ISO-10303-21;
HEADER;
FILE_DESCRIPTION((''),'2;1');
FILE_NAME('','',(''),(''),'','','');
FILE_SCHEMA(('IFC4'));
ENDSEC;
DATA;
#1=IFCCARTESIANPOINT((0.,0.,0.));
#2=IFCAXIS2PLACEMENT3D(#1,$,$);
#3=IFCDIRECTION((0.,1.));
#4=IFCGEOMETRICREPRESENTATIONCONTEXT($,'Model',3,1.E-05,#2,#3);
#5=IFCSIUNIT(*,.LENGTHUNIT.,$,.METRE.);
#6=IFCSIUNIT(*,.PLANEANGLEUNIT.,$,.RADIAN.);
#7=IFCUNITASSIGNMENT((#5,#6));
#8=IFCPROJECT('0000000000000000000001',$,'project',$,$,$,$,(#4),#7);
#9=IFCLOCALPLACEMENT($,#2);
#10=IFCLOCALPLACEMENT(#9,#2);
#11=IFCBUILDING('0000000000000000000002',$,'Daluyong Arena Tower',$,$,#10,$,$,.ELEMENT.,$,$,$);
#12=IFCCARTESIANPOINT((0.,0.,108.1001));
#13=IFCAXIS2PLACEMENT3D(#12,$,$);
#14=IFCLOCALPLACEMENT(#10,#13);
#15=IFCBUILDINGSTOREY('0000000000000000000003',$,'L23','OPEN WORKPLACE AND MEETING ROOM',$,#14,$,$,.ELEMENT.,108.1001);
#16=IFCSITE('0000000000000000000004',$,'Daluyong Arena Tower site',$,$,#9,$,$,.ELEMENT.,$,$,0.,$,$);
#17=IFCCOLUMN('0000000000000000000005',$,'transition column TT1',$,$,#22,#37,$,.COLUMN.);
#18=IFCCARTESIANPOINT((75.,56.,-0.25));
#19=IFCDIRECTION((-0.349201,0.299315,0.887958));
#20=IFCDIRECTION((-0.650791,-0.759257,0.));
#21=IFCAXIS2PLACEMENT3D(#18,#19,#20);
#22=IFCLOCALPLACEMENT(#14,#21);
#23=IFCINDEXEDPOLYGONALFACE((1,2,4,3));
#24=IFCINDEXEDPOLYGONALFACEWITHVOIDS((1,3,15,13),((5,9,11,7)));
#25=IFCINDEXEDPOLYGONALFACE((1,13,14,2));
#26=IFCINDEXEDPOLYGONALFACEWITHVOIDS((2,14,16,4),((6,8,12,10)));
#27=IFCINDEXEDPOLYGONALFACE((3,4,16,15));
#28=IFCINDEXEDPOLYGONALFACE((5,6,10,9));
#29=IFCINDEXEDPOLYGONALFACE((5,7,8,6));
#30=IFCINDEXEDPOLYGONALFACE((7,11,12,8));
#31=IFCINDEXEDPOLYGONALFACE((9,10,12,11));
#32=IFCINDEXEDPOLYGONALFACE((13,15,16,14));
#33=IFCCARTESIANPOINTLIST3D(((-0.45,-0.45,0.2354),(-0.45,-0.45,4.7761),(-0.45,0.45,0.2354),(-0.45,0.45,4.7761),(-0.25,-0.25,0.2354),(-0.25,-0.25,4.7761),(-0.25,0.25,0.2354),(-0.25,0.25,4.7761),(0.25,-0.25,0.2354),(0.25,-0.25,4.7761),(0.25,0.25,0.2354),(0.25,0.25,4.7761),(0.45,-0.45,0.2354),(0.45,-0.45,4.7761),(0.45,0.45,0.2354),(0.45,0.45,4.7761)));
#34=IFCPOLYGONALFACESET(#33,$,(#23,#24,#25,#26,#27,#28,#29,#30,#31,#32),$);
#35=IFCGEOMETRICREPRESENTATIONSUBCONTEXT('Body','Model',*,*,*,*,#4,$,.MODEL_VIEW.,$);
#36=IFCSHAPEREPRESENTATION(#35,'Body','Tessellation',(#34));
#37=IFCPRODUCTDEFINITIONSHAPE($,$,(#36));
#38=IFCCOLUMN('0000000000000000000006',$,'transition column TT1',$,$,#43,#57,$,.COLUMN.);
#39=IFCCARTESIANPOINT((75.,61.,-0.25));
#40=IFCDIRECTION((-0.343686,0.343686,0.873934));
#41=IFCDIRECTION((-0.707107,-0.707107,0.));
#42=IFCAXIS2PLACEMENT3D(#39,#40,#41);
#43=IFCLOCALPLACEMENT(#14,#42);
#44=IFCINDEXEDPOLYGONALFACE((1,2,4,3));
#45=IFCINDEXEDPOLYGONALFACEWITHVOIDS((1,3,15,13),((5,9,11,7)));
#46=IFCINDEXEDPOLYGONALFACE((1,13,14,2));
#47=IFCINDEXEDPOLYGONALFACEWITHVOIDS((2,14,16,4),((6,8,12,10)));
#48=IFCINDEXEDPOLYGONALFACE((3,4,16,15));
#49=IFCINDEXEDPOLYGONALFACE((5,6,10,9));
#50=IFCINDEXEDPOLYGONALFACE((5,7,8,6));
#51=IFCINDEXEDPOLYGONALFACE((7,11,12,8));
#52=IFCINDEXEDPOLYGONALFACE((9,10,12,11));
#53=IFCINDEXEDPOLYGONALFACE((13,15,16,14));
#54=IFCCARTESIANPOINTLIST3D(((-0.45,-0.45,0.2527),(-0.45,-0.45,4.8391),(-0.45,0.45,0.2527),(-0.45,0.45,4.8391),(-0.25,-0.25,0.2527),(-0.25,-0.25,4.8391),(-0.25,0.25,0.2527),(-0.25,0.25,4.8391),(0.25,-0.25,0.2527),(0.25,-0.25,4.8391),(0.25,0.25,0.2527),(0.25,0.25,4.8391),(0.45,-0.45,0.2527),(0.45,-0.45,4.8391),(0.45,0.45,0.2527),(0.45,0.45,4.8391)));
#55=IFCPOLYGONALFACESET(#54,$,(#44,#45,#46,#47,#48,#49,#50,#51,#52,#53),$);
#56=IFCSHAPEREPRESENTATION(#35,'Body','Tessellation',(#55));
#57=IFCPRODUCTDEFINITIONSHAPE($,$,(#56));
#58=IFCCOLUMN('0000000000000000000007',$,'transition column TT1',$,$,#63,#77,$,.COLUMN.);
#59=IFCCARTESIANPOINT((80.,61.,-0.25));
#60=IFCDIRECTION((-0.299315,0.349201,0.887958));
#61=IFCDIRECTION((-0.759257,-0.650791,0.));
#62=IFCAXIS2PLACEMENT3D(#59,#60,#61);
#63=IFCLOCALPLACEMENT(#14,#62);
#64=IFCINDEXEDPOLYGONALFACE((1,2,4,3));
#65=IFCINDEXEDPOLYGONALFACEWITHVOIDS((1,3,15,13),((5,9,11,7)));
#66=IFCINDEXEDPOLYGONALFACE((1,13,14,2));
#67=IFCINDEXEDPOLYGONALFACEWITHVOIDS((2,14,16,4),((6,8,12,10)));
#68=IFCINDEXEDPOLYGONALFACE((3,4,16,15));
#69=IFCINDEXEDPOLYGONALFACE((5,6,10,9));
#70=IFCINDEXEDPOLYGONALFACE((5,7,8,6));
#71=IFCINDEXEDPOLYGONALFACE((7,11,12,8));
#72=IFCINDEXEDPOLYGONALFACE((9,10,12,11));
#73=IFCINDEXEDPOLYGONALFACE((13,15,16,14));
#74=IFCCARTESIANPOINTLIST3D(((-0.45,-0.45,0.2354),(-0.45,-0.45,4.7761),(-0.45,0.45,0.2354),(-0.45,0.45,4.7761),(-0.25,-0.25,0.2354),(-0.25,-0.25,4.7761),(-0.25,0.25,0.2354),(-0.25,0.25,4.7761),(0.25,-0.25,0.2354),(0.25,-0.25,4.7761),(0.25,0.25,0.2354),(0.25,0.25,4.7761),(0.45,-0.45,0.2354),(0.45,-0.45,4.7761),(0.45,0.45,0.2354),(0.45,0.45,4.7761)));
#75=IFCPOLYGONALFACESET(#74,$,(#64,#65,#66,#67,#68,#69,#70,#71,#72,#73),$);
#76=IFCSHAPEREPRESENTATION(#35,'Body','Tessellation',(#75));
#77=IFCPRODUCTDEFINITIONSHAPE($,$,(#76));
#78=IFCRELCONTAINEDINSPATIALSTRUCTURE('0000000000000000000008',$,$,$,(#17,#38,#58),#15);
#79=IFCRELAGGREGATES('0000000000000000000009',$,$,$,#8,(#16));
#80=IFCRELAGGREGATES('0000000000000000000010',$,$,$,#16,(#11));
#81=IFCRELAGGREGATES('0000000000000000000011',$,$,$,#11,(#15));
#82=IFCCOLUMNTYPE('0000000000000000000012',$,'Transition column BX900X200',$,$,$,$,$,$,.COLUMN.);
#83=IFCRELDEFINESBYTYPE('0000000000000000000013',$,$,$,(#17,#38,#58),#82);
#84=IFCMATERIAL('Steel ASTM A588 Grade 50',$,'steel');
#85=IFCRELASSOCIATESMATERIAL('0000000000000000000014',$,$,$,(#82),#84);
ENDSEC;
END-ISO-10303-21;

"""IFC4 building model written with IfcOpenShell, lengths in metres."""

from ifc_helpers import new_model, si_unit, direction, frame, origin, origin_2d, place, context, subcontext, project, spatial, hollow_rectangle, extrude, clip, halfspace, material, material_profile, profile_set, type_object, element, save


model = new_model("IFC4")

# Units and contexts
model_context = context("Model", 3, precision=1e-05, world=origin(), true_north=direction((0.0, 1.0)))
body_context = subcontext(model_context, "Body", "Model", "MODEL_VIEW")
ifc_project = project(units=[si_unit("LENGTHUNIT", "METRE"), si_unit("PLANEANGLEUNIT", "RADIAN")], contexts=[model_context])

# Site, building, storey
site_placement = place(None, origin())
site = spatial("IfcSite", under=ifc_project, at=site_placement, Name="Daluyong Arena Tower site", CompositionType="ELEMENT", RefElevation=0.0)
building_placement = place(site_placement, origin())
building = spatial("IfcBuilding", under=site, at=building_placement, Name="Daluyong Arena Tower", CompositionType="ELEMENT")
storey_placement = place(building_placement, frame((0.0, 0.0, 108.1001)))
storey = spatial("IfcBuildingStorey", under=building, at=storey_placement, Name="L23", Description="OPEN WORKPLACE AND MEETING ROOM", CompositionType="ELEMENT", Elevation=108.1001)

# Columns
ifc_material_1 = material(Name="Steel ASTM A588 Grade 50", Category="steel")
ifc_material_profile_1 = material_profile(ifc_material_1, hollow_rectangle(XDim=0.8999, YDim=0.8999, WallThickness=0.2, at=origin_2d()))
ifc_profile_set_1 = profile_set([ifc_material_profile_1], Name="Steel ASTM A588 Grade 50")
column_type_1 = type_object("IfcColumnType", Name="Transition column BX900X200", PredefinedType="COLUMN", material=ifc_profile_set_1)
column_1_placement = place(storey_placement, frame((75.0, 56.0, -0.25), z_axis=(-0.349201, 0.299315, 0.887958), x_axis=(-0.650791, -0.759257, 0.0)))
element("IfcColumn", 1, at=column_1_placement, inside=storey, type_object=column_type_1, Name="transition column TT1", PredefinedType="COLUMN", context=body_context, shape_type="Clipping", body=[
    clip(clip(extrude(hollow_rectangle(XDim=0.8999, YDim=0.8999, WallThickness=0.2, at=origin_2d()), origin(), (0.0, 0.0, 1.0), 5.0115), halfspace(frame((0.0, 0.0, 0.2354), z_axis=(0.0, 0.0, 1.0), x_axis=(1.0, 0.0, 0.0)), True)), halfspace(frame((0.0, 0.0, 4.7761), z_axis=(0.0, 0.0, -1.0), x_axis=(1.0, 0.0, 0.0)), True)),
])
column_2_placement = place(storey_placement, frame((75.0, 61.0, -0.25), z_axis=(-0.343686, 0.343686, 0.873934), x_axis=(-0.707107, -0.707107, 0.0)))
element("IfcColumn", 2, at=column_2_placement, inside=storey, type_object=column_type_1, Name="transition column TT1", PredefinedType="COLUMN", context=body_context, shape_type="Clipping", body=[
    clip(clip(extrude(hollow_rectangle(XDim=0.8999, YDim=0.8999, WallThickness=0.2, at=origin_2d()), origin(), (0.0, 0.0, 1.0), 5.0918), halfspace(frame((0.0, 0.0, 0.2527), z_axis=(0.0, 0.0, 1.0), x_axis=(1.0, 0.0, 0.0)), True)), halfspace(frame((0.0, 0.0, 4.8391), z_axis=(0.0, 0.0, -1.0), x_axis=(1.0, 0.0, 0.0)), True)),
])
column_3_placement = place(storey_placement, frame((80.0, 61.0, -0.25), z_axis=(-0.299315, 0.349201, 0.887958), x_axis=(-0.759257, -0.650791, 0.0)))
element("IfcColumn", 3, at=column_3_placement, inside=storey, type_object=column_type_1, Name="transition column TT1", PredefinedType="COLUMN", context=body_context, shape_type="Clipping", body=[
    clip(clip(extrude(hollow_rectangle(XDim=0.8999, YDim=0.8999, WallThickness=0.2, at=origin_2d()), origin(), (0.0, 0.0, 1.0), 5.0115), halfspace(frame((0.0, 0.0, 0.2354), z_axis=(0.0, 0.0, 1.0), x_axis=(1.0, 0.0, 0.0)), True)), halfspace(frame((0.0, 0.0, 4.7761), z_axis=(0.0, 0.0, -1.0), x_axis=(1.0, 0.0, 0.0)), True)),
])

save(model, "model.ifc")
